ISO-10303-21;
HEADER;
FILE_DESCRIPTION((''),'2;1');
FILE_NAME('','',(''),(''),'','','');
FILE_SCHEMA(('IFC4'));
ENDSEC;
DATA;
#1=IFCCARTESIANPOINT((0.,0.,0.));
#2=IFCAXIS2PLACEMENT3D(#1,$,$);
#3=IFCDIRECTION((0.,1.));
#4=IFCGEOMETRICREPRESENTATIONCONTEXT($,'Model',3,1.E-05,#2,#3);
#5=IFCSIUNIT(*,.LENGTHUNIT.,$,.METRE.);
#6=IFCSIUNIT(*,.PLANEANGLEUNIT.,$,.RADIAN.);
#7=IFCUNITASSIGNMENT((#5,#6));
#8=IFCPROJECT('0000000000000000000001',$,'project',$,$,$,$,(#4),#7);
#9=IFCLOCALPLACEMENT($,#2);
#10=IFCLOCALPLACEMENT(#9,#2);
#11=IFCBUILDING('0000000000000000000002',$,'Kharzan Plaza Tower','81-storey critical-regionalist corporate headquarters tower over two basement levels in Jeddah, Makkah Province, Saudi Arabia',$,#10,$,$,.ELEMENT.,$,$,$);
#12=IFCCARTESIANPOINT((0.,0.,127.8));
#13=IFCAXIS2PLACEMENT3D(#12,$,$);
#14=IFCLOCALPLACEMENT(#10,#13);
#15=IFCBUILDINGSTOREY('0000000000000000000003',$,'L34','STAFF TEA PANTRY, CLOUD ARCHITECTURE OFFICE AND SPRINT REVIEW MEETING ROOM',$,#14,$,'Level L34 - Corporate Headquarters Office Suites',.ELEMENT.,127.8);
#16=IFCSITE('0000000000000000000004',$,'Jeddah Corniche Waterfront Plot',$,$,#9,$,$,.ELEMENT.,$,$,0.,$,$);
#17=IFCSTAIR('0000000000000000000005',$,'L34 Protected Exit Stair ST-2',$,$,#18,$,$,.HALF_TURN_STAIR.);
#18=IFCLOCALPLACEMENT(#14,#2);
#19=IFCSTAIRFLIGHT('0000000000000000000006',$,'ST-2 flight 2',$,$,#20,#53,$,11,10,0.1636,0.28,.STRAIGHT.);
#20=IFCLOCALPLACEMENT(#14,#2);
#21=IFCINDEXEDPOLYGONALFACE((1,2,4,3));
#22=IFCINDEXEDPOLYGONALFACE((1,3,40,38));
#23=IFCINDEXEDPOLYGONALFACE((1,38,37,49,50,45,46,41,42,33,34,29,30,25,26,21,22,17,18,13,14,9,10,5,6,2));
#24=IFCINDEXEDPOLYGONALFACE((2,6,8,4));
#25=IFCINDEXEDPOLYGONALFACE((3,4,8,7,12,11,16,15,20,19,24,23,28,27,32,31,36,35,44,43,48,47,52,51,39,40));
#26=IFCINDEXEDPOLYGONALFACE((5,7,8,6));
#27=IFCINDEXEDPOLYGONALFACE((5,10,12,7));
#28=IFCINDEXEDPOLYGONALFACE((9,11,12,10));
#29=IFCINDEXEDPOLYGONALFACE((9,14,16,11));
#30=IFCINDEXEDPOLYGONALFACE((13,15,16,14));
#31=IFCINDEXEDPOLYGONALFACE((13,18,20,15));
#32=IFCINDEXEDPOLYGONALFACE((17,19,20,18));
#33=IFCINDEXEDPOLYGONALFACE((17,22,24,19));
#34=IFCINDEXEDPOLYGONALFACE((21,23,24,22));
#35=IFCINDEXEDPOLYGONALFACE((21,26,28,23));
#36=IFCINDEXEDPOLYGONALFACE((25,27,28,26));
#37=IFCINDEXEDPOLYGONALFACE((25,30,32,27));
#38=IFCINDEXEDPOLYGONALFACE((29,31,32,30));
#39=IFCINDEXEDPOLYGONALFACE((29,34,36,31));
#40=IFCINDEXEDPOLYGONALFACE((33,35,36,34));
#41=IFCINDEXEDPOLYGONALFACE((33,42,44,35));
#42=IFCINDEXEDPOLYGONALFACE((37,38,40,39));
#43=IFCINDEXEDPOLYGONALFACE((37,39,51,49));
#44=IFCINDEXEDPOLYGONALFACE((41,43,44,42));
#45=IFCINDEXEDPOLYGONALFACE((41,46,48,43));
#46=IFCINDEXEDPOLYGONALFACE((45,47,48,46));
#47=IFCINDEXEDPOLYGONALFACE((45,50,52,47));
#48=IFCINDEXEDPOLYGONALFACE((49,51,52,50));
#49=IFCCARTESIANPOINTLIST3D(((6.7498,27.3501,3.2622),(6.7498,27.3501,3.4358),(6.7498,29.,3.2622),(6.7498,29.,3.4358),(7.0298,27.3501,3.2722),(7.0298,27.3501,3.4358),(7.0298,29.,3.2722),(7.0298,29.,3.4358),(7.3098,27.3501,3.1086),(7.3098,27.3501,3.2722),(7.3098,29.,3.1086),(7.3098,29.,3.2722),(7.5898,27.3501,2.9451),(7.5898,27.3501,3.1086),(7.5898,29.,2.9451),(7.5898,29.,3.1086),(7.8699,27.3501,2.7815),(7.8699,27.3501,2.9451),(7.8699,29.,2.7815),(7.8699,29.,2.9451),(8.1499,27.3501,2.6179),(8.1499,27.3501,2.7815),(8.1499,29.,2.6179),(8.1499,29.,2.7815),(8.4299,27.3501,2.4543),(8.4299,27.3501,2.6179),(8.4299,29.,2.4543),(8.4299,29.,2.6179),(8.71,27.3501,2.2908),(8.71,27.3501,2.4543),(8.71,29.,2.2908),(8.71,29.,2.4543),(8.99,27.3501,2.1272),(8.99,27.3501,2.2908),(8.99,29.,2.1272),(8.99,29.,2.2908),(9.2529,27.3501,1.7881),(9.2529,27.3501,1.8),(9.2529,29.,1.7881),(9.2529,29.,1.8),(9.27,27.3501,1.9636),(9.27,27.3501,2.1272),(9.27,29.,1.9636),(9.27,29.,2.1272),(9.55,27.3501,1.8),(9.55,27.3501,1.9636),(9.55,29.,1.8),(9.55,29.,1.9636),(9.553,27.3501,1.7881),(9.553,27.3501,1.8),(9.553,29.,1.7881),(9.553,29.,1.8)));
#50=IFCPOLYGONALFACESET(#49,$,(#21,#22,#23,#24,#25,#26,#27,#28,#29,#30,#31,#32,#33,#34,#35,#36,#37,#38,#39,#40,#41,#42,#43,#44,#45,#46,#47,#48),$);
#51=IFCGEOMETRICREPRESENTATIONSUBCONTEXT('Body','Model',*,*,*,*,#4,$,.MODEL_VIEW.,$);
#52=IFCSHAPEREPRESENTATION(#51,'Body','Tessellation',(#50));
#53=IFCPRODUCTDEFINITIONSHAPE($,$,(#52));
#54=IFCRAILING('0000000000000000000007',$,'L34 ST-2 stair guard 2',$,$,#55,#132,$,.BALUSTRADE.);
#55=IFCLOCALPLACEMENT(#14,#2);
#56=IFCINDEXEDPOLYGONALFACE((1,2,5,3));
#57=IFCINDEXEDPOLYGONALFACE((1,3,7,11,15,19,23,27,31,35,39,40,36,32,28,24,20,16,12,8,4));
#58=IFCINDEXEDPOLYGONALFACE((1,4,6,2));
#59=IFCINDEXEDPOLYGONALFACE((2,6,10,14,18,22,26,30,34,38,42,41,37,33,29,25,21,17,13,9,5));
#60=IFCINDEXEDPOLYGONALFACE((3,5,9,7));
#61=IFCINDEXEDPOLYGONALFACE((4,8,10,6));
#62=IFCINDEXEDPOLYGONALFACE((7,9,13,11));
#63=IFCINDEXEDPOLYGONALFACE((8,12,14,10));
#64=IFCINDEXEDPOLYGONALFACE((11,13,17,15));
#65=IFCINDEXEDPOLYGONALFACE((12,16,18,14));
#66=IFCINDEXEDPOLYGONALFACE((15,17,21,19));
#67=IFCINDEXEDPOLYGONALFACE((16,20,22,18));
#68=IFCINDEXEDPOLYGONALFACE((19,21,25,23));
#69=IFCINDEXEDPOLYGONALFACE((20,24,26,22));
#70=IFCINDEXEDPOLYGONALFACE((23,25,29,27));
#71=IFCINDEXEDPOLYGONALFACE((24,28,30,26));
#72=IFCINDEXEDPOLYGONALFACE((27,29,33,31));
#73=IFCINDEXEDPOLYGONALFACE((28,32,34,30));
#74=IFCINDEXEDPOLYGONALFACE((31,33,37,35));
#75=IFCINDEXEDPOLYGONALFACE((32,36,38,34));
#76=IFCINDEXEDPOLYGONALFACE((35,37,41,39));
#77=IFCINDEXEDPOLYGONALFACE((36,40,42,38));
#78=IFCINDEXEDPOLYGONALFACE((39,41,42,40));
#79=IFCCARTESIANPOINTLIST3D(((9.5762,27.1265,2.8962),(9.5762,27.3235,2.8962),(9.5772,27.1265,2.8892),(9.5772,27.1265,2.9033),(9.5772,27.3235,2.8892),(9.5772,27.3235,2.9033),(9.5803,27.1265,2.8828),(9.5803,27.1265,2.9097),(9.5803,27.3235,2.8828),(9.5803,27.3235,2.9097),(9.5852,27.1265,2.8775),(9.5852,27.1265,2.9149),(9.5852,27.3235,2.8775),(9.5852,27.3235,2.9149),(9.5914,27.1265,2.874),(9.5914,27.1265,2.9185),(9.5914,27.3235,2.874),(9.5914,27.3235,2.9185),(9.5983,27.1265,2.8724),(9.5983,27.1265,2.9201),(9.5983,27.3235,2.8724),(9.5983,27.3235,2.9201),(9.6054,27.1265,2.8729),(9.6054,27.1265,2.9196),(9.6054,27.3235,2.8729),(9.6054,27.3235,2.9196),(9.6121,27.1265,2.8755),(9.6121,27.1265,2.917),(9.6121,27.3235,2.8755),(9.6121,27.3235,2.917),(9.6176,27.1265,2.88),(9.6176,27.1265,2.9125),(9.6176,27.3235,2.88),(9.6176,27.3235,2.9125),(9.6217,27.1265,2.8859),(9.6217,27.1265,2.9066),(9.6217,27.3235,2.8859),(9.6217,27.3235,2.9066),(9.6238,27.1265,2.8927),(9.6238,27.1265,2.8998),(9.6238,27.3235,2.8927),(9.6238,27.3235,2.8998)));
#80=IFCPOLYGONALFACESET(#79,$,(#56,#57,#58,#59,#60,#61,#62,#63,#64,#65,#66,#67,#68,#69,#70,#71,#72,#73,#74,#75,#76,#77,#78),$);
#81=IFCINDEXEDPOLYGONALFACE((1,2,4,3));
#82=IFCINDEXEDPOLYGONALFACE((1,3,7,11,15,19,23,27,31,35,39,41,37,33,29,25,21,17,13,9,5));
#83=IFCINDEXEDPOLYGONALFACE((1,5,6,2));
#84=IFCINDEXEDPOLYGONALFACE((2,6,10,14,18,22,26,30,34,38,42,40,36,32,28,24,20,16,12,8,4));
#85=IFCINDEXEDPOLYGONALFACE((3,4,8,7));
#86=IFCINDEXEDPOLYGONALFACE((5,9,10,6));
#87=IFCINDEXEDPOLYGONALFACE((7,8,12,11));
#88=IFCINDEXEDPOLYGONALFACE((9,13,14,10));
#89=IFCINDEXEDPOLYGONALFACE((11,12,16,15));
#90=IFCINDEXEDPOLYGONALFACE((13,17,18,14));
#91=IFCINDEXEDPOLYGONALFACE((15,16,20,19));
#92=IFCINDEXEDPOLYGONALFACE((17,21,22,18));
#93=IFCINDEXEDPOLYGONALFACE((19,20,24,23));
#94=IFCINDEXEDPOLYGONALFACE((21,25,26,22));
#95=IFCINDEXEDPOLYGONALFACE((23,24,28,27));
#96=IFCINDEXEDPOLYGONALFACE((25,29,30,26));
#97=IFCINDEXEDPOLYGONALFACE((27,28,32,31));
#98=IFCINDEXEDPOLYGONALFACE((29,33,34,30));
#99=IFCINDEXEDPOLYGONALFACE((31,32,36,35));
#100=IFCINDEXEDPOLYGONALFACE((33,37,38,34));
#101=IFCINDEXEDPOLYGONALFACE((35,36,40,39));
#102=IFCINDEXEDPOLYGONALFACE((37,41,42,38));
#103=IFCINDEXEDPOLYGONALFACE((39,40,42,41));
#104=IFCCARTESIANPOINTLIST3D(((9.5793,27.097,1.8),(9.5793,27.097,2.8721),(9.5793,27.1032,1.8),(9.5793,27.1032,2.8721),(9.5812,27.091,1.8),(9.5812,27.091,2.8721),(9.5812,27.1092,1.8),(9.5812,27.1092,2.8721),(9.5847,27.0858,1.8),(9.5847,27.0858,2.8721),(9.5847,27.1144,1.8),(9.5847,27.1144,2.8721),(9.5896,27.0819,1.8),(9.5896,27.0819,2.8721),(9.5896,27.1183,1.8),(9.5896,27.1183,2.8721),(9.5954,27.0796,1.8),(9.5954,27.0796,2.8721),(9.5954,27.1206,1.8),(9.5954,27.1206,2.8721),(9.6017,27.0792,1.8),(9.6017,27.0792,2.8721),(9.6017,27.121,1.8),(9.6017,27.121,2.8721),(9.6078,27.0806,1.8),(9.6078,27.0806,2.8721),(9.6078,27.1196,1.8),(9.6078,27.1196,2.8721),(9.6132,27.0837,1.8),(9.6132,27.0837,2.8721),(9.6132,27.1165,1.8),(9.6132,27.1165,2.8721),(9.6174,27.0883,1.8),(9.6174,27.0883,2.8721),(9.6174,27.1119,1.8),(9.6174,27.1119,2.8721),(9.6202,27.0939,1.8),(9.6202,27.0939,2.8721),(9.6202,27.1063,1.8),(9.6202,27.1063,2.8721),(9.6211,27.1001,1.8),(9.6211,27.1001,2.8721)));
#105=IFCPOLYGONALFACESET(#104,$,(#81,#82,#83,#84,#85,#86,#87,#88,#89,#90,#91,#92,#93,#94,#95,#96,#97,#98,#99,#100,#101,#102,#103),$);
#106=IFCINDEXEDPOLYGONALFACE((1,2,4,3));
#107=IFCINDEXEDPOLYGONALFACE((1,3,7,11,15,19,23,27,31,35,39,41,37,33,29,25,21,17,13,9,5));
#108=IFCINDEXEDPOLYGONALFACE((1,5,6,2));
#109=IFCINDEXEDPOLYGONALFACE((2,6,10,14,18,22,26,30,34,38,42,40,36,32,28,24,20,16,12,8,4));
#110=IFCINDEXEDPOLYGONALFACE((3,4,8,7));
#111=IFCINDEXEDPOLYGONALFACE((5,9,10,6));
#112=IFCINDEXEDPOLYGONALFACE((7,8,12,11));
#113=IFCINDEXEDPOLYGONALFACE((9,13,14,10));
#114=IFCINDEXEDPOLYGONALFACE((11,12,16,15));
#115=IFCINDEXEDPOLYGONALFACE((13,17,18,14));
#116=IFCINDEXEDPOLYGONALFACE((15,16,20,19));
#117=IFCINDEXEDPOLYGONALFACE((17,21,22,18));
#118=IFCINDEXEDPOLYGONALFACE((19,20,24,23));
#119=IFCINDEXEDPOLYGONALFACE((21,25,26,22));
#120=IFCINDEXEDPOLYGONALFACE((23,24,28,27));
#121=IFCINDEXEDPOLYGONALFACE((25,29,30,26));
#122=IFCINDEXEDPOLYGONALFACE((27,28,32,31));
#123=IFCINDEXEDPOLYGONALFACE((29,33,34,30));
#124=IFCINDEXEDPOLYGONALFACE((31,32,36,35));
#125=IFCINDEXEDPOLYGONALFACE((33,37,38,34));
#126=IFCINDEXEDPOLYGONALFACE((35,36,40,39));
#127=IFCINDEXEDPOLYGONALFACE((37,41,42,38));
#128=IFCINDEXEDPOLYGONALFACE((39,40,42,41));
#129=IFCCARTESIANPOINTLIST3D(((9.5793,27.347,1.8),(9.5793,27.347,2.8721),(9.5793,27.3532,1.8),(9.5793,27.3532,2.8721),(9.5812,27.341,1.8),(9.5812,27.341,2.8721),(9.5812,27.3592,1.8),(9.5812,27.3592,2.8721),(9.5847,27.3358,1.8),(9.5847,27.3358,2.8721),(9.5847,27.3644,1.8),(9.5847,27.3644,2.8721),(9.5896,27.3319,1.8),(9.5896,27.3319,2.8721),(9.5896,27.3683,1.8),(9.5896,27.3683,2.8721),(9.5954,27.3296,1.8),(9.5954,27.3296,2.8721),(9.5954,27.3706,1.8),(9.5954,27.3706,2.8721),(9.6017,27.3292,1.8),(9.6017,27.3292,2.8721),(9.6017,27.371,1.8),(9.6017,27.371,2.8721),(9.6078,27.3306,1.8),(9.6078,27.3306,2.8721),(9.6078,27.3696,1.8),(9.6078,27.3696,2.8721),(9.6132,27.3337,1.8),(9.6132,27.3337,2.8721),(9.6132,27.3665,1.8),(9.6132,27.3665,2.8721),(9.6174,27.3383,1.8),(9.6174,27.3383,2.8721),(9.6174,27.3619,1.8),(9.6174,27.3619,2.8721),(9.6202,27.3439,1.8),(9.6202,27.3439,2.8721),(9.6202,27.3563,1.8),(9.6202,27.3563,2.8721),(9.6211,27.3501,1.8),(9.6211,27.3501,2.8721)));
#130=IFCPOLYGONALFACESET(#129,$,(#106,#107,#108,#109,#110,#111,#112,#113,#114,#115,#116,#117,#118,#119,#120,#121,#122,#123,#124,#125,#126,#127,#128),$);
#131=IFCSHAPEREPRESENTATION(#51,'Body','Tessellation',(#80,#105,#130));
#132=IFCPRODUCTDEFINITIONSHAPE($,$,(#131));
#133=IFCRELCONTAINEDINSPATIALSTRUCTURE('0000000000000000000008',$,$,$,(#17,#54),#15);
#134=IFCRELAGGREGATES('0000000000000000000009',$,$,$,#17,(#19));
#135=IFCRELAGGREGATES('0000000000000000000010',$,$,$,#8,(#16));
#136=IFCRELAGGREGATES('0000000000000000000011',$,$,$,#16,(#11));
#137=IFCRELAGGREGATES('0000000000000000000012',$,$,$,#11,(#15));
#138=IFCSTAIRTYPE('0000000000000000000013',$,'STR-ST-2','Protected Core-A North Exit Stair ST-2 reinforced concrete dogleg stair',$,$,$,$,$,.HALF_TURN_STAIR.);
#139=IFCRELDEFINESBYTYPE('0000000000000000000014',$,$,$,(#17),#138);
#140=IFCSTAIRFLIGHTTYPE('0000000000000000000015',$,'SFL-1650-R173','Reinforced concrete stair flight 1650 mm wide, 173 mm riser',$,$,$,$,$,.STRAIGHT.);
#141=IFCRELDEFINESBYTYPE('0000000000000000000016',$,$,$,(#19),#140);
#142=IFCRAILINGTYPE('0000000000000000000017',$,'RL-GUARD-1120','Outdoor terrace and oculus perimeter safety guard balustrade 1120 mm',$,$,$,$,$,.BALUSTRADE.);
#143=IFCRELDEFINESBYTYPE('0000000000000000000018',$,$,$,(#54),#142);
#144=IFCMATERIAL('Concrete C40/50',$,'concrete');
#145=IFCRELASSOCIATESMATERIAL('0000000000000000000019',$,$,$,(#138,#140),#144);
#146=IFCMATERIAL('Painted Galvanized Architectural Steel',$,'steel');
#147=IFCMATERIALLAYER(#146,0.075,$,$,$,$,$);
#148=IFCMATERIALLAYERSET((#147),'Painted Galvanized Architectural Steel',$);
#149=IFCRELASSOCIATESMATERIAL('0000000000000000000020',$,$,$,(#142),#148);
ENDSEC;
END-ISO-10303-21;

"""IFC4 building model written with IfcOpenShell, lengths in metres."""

from ifc_helpers import new_model, si_unit, direction, frame, origin, origin_2d, place, context, subcontext, project, spatial, polyline, circle, outline, extrude, source, transform, mapped, material, layer, layer_set, type_object, element, aggregate, save


model = new_model("IFC4")

# Units and contexts
model_context = context("Model", 3, precision=1e-05, world=origin(), true_north=direction((0.0, 1.0)))
body_context = subcontext(model_context, "Body", "Model", "MODEL_VIEW")
ifc_project = project(units=[si_unit("LENGTHUNIT", "METRE"), si_unit("PLANEANGLEUNIT", "RADIAN")], contexts=[model_context])

# Site, building, storey
site_placement = place(None, origin())
site = spatial("IfcSite", under=ifc_project, at=site_placement, Name="Jeddah Corniche Waterfront Plot", CompositionType="ELEMENT", RefElevation=0.0)
building_placement = place(site_placement, origin())
building = spatial("IfcBuilding", under=site, at=building_placement, Name="Kharzan Plaza Tower", Description="81-storey critical-regionalist corporate headquarters tower over two basement levels in Jeddah, Makkah Province, Saudi Arabia", CompositionType="ELEMENT")
storey_placement = place(building_placement, frame((0.0, 0.0, 127.8)))
storey = spatial("IfcBuildingStorey", under=building, at=storey_placement, Name="L34", Description="STAFF TEA PANTRY, CLOUD ARCHITECTURE OFFICE AND SPRINT REVIEW MEETING ROOM", LongName="Level L34 - Corporate Headquarters Office Suites", CompositionType="ELEMENT", Elevation=127.8)

# Stair, stair flight
ifc_material_1 = material(Name="Concrete C40/50", Category="concrete")
stair_type = type_object("IfcStairType", Name="STR-ST-2", Description="Protected Core-A North Exit Stair ST-2 reinforced concrete dogleg stair", PredefinedType="HALF_TURN_STAIR", material=ifc_material_1)
stair_placement = place(storey_placement, origin())
stair = element("IfcStair", 1, at=stair_placement, inside=storey, type_object=stair_type, Name="L34 Protected Exit Stair ST-2", PredefinedType="HALF_TURN_STAIR")
stair_flight_type = type_object("IfcStairFlightType", Name="SFL-1650-R173", Description="Reinforced concrete stair flight 1650 mm wide, 173 mm riser", PredefinedType="STRAIGHT", material=ifc_material_1)
shared_shape_1 = source(origin(), body_context, "Body", "SweptSolid", [
    extrude(outline(polyline([(-0.0029, -0.012), (-0.0029, 0.0), (0.0, 0.0), (0.0, 0.1636), (0.28, 0.1636), (0.28, 0.3271), (0.5601, 0.3271), (0.5601, 0.4907), (0.8401, 0.4907), (0.8401, 0.6543), (1.1201, 0.6543), (1.1201, 0.8179), (1.4001, 0.8179), (1.4001, 0.9814), (1.6802, 0.9814), (1.6802, 1.145), (1.9602, 1.145), (1.9602, 1.3086), (2.2402, 1.3086), (2.2402, 1.4722), (2.5203, 1.4722), (2.5203, 1.6357), (2.8003, 1.6357), (2.8003, 1.7993), (2.8003, 1.4622), (0.2971, 0.0), (0.2971, -0.012), (-0.0029, -0.012)])), frame((0.0, 0.825, 0.0), z_axis=(0.0, -1.0, 0.0), x_axis=(1.0, 0.0, 0.0)), (0.0, 0.0, 1.0), 1.6499),
])
stair_flight_placement = place(storey_placement, frame((9.55, 28.175, 1.8), z_axis=(0.0, 0.0, 1.0), x_axis=(-1.0, 0.0, 0.0)))
stair_flight = element("IfcStairFlight", 2, at=stair_flight_placement, type_object=stair_flight_type, Name="ST-2 flight 2", NumberOfRisers=11, NumberOfTreads=10, PredefinedType="STRAIGHT", RiserHeight=0.1636, TreadLength=0.28, context=body_context, shape_type="MappedRepresentation", body=[
    mapped(shared_shape_1, transform((0.0, 0.0, 0.0), x_axis=(1.0, 0.0, 0.0), y_axis=(0.0, 1.0, 0.0), z_axis=(0.0, 0.0, 1.0))),
])
aggregate(stair, [stair_flight])

# Railing
ifc_material_2 = material(Name="Painted Galvanized Architectural Steel", Category="steel")
ifc_layer_1 = layer(ifc_material_2, 0.075)
ifc_layer_set_1 = layer_set([ifc_layer_1], Name="Painted Galvanized Architectural Steel")
railing_type_1 = type_object("IfcRailingType", Name="RL-GUARD-1120", Description="Outdoor terrace and oculus perimeter safety guard balustrade 1120 mm", PredefinedType="BALUSTRADE", material=ifc_layer_set_1)
shared_shape_2 = source(origin(), body_context, "Body", "SweptSolid", [
    extrude(circle(Radius=0.0239, at=origin_2d()), frame((0.0, 0.0264, 1.0962), z_axis=(0.0, 1.0, 0.0), x_axis=(-1.0, 0.0, 0.0)), (0.0, 0.0, 1.0), 0.197),
    extrude(circle(Radius=0.021, at=origin_2d()), origin(), (0.0, 0.0, 1.0), 1.072),
    extrude(circle(Radius=0.021, at=origin_2d()), frame((0.0, 0.25, 0.0)), (0.0, 0.0, 1.0), 1.072),
])
railing_1_placement = place(storey_placement, frame((9.6001, 27.1001, 1.8)))
element("IfcRailing", 3, at=railing_1_placement, inside=storey, type_object=railing_type_1, Name="L34 ST-2 stair guard 2", PredefinedType="BALUSTRADE", context=body_context, shape_type="MappedRepresentation", body=[
    mapped(shared_shape_2, transform((0.0, 0.0, 0.0), x_axis=(1.0, 0.0, 0.0), y_axis=(0.0, 1.0, 0.0), z_axis=(0.0, 0.0, 1.0))),
])

save(model, "model.ifc")
